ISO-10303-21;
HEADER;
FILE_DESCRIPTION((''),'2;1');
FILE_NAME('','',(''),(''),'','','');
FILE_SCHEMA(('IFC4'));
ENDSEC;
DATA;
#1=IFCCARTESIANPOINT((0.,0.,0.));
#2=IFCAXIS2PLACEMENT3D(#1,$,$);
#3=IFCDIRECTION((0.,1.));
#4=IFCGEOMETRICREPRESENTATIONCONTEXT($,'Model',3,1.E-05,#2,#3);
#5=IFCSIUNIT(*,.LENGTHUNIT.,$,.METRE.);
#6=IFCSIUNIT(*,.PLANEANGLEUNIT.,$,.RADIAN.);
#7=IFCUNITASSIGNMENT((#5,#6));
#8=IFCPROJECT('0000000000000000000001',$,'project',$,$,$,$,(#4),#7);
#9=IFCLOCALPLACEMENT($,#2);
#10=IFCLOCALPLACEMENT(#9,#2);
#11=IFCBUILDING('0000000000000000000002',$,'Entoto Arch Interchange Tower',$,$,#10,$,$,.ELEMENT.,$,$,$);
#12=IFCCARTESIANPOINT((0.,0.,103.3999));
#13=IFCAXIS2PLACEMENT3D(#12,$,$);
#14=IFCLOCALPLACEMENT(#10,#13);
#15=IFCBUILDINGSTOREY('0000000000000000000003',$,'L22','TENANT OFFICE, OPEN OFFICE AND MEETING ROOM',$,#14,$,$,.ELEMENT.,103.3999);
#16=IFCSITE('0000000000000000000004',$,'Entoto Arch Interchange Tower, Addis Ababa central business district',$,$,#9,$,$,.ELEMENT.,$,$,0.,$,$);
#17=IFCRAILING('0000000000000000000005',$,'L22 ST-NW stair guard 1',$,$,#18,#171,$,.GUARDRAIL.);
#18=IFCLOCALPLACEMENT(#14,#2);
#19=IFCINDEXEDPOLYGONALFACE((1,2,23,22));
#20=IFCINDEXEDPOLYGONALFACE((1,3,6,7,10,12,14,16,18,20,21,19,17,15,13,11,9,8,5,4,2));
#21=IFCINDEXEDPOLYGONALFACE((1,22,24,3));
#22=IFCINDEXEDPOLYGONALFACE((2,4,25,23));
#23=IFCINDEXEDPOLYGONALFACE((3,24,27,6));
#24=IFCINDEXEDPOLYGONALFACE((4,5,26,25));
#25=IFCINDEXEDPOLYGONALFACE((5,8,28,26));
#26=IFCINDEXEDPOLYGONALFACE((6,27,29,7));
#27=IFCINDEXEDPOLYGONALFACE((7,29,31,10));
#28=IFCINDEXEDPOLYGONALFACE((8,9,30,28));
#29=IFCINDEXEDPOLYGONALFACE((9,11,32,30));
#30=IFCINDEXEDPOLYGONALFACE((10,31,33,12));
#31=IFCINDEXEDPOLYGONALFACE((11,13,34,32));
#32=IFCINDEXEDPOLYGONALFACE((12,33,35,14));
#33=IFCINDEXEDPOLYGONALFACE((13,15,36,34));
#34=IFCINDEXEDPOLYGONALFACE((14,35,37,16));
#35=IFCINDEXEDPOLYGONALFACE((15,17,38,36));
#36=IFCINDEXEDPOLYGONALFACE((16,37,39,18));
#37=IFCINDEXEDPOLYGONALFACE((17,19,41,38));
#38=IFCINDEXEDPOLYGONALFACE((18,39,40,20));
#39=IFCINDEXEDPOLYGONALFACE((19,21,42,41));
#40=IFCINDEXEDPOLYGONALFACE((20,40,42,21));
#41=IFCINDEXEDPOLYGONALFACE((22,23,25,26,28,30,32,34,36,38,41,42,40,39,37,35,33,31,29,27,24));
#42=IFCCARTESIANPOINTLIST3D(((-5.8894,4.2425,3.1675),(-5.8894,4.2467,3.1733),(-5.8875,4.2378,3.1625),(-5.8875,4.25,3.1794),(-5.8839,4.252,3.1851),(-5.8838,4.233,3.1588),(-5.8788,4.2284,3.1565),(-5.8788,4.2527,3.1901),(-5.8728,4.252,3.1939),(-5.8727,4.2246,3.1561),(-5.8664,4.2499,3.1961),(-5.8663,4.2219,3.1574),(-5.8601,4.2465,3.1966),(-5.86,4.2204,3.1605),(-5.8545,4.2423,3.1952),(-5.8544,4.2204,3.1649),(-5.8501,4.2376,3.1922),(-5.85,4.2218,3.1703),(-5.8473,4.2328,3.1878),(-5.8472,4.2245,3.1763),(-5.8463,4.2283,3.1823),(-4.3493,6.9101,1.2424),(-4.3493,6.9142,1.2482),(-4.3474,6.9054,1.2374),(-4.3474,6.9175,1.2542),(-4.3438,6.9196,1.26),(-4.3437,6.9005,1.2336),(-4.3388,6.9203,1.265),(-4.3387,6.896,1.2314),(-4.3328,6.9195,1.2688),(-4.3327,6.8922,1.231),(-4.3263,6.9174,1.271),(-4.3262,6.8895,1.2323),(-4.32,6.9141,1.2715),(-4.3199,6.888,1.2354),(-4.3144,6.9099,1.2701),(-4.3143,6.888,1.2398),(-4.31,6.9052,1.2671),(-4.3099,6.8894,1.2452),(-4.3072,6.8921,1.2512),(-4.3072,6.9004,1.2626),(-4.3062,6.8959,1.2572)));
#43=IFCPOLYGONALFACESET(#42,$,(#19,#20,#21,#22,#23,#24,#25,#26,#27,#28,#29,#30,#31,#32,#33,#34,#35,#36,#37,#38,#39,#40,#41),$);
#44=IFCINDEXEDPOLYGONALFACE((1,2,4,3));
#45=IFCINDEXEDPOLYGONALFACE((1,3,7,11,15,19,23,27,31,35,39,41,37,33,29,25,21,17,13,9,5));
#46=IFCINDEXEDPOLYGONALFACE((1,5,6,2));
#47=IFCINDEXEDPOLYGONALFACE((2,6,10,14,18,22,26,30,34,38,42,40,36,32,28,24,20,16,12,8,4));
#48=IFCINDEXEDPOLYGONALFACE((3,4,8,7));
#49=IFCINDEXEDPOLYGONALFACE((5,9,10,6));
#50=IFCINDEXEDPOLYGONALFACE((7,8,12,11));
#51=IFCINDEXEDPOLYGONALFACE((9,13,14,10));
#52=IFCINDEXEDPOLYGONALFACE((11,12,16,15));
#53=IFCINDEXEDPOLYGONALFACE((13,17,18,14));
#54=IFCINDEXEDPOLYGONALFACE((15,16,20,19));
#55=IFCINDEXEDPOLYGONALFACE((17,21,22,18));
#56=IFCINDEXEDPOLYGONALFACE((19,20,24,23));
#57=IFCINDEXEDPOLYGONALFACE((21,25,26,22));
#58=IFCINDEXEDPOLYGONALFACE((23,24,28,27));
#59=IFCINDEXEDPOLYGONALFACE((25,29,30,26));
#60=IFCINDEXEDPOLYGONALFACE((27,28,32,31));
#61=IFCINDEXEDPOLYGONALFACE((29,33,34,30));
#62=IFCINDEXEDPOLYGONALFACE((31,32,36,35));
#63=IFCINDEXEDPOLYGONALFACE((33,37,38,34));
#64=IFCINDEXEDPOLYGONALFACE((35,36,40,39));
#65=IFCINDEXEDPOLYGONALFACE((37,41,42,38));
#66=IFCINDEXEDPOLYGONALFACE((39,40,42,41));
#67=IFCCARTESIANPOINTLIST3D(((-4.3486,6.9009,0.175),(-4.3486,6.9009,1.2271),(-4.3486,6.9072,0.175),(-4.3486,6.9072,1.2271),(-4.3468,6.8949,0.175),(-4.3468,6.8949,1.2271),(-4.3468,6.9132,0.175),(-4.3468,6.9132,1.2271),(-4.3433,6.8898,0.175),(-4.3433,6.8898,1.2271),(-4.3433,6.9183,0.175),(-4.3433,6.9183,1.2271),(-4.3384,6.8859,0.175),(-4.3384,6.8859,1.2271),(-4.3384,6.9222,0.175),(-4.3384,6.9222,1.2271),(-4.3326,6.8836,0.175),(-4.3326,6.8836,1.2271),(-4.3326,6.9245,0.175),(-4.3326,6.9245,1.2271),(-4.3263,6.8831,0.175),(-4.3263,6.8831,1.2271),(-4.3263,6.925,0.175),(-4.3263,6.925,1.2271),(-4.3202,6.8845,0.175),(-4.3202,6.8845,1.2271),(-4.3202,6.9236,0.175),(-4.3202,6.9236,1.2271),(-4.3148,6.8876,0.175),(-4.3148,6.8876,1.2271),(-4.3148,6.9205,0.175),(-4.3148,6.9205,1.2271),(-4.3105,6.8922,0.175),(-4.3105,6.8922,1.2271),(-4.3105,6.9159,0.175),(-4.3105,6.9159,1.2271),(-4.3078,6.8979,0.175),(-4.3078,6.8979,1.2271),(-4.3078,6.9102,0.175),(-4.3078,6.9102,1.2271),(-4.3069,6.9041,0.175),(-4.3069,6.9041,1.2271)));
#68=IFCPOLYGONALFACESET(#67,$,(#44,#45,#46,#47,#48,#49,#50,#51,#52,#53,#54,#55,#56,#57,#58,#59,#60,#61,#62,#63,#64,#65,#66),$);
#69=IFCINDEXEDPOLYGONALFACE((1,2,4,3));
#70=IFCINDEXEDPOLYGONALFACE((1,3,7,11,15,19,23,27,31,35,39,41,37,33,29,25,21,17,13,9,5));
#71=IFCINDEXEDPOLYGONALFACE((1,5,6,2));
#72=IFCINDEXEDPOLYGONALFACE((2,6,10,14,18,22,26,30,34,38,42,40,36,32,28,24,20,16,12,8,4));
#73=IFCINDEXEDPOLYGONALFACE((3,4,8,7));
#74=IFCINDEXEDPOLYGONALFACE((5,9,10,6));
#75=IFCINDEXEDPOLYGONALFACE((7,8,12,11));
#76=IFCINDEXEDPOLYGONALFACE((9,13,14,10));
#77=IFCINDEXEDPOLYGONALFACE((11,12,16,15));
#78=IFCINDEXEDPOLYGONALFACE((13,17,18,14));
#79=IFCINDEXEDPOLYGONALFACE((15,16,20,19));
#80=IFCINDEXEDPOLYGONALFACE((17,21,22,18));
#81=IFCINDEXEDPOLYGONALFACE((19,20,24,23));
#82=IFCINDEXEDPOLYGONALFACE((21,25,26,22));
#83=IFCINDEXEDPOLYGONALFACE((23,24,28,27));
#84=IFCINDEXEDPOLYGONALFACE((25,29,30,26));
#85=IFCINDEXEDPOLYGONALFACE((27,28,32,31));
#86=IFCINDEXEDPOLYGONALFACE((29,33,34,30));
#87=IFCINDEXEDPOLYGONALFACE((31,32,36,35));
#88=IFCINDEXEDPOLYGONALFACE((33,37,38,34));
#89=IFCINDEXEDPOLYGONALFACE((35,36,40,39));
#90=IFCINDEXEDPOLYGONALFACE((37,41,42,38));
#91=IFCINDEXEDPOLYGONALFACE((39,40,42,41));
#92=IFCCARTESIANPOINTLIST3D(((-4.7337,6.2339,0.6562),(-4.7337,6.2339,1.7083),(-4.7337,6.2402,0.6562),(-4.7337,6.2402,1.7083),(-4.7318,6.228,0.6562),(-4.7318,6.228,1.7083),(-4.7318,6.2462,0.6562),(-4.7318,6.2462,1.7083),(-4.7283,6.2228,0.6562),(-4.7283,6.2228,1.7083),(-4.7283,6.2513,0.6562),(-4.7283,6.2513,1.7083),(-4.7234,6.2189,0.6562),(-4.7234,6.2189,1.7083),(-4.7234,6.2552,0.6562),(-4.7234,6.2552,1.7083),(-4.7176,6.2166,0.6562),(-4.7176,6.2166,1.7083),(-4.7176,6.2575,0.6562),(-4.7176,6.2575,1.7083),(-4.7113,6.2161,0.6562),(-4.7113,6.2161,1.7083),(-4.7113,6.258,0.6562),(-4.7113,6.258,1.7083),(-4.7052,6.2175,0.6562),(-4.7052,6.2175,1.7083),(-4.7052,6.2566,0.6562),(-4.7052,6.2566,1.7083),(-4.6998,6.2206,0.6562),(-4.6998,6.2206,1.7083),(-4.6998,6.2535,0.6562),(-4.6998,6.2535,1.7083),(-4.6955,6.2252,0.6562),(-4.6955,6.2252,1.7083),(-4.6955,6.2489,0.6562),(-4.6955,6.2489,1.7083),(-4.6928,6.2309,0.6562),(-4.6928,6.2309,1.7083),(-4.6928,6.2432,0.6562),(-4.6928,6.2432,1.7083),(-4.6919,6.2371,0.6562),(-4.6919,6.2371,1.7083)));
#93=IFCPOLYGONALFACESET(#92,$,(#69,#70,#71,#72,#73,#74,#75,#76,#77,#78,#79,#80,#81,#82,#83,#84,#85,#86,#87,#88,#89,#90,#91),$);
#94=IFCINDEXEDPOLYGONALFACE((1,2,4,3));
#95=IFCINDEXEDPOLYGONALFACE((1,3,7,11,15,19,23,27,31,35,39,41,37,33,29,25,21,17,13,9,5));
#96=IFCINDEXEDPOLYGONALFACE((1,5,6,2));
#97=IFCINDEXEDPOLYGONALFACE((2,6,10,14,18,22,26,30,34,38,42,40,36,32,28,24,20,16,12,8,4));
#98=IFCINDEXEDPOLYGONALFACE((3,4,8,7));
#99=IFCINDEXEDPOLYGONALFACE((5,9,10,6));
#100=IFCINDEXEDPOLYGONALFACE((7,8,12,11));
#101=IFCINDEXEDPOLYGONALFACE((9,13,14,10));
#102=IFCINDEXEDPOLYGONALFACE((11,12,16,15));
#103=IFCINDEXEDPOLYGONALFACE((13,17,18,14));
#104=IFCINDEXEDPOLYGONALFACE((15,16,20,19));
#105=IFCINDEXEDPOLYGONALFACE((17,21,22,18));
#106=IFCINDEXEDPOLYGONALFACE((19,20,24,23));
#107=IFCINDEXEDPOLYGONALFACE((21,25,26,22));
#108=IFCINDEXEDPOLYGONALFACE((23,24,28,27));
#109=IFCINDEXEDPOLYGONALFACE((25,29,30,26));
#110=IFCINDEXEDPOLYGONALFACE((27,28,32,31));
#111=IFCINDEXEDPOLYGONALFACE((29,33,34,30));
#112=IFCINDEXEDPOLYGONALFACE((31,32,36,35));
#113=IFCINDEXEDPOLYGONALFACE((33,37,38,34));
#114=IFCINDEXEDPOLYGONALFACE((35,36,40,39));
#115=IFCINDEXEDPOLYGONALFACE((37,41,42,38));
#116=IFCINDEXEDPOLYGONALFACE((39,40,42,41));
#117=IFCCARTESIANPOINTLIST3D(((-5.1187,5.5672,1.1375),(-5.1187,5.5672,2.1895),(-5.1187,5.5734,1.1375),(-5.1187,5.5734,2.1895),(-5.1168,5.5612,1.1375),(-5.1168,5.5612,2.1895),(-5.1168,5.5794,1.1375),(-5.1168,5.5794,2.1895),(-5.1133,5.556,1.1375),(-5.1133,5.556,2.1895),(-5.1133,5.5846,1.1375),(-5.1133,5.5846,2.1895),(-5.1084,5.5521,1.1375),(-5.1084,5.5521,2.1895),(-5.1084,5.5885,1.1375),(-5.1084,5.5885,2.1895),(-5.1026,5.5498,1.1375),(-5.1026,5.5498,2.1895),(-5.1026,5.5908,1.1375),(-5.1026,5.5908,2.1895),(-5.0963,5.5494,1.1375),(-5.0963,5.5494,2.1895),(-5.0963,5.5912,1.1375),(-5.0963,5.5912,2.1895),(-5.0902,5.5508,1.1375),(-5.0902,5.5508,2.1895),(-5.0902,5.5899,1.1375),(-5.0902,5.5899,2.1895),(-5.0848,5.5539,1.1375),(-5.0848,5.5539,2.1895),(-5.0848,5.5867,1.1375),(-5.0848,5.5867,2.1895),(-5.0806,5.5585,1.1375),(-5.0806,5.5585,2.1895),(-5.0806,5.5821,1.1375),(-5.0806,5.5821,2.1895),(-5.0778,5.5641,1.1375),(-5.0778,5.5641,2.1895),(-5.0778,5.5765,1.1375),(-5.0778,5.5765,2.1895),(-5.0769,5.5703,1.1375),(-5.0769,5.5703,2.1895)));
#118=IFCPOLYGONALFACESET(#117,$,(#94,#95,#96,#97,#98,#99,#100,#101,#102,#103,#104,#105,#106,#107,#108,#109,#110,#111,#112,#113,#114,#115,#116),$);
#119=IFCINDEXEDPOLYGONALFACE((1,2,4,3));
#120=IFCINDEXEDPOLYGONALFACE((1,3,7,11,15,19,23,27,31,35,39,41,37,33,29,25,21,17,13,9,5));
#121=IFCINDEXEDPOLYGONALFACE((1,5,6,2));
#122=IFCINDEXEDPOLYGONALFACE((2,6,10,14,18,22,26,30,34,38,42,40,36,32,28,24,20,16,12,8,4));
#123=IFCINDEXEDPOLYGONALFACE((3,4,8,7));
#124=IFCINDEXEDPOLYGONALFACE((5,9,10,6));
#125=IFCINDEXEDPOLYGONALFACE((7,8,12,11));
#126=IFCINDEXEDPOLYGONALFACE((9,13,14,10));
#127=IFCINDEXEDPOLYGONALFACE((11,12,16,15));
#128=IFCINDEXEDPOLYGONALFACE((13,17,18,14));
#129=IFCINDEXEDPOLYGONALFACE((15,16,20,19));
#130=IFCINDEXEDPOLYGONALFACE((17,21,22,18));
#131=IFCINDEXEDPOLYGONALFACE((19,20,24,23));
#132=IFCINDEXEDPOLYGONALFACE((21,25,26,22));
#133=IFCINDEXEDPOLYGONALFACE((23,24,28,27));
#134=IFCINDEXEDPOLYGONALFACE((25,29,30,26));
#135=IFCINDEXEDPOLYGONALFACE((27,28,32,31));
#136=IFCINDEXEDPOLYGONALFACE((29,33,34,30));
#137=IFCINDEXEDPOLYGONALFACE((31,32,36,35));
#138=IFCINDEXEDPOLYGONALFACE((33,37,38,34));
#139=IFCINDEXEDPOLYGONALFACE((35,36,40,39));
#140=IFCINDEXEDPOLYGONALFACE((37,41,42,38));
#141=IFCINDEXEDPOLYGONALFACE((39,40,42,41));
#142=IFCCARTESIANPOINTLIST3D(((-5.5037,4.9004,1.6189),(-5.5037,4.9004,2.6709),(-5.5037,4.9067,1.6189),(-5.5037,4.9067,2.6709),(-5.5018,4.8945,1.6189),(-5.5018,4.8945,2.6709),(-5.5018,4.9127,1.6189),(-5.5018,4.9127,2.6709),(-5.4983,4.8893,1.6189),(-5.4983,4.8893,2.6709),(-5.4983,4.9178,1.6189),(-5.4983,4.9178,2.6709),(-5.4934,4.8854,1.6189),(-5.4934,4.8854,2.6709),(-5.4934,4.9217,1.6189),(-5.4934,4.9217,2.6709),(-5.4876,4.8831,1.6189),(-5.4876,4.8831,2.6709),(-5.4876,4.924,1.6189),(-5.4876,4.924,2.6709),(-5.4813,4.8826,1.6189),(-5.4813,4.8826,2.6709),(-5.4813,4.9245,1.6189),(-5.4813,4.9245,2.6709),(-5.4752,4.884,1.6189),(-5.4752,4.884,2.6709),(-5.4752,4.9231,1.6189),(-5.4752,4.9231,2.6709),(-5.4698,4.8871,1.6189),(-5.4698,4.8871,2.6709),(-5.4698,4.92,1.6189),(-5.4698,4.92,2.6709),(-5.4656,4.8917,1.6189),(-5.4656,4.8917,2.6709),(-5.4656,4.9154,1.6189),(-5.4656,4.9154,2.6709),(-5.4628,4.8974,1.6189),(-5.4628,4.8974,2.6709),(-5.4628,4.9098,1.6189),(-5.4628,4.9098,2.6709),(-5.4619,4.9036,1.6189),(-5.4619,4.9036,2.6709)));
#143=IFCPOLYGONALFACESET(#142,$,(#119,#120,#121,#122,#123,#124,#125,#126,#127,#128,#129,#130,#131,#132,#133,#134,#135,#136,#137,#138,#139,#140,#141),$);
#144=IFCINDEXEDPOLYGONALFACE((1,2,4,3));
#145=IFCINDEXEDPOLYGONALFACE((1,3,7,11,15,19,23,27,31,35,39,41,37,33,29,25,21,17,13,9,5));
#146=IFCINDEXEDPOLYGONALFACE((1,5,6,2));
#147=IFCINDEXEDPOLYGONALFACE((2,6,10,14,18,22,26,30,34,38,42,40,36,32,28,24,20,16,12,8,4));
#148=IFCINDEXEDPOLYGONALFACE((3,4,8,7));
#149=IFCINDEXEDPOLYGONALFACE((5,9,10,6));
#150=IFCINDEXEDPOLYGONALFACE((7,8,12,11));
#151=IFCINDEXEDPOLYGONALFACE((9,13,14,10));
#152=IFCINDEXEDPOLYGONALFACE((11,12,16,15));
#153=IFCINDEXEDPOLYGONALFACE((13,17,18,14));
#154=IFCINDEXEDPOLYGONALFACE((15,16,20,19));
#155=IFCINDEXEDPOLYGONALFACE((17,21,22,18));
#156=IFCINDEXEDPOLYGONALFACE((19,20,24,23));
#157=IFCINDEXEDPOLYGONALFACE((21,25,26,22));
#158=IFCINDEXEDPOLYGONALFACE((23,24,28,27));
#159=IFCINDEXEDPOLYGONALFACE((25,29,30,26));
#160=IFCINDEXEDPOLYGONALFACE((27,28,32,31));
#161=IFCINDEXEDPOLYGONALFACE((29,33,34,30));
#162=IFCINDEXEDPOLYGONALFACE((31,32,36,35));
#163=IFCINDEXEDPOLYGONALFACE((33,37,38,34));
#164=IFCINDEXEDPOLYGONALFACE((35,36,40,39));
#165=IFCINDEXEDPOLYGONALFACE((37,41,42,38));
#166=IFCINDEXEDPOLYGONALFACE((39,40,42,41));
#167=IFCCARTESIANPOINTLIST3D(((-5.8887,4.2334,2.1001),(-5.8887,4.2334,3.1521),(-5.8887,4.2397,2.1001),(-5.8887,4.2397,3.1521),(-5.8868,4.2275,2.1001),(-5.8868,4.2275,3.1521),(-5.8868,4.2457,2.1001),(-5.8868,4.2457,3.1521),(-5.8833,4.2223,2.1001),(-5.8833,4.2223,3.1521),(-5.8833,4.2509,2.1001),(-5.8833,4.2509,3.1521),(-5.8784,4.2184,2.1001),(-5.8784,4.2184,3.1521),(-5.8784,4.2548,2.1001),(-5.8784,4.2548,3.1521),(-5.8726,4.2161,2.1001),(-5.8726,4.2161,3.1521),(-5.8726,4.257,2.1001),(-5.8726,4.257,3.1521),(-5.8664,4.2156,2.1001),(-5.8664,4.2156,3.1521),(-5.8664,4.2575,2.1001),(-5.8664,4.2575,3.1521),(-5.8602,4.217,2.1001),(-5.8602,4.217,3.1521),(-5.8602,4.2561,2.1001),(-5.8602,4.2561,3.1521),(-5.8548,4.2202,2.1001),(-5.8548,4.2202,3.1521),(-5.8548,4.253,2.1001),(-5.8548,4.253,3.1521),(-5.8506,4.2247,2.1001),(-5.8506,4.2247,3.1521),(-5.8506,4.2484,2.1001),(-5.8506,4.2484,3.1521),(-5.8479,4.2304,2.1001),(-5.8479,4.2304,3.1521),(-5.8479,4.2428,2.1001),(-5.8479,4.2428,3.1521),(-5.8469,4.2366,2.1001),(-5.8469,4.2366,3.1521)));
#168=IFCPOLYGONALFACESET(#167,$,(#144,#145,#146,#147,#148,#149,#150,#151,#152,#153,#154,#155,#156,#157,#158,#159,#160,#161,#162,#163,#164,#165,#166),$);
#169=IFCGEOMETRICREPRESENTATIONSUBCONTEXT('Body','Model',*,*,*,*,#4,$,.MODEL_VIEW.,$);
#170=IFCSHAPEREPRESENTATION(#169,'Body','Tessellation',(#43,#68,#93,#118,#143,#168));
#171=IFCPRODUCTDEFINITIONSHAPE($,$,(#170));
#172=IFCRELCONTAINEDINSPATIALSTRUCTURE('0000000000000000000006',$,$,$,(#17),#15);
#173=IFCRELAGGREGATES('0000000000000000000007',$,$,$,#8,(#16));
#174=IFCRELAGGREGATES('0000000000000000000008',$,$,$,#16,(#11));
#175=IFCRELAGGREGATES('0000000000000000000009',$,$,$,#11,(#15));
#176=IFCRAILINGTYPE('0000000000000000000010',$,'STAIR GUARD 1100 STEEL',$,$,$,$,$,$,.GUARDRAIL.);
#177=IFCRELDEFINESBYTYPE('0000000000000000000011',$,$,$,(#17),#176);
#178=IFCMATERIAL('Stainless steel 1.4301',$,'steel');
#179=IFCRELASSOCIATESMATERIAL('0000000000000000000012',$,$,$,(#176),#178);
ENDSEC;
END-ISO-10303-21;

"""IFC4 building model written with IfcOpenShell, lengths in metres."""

from ifc_helpers import new_model, si_unit, direction, frame, origin, origin_2d, place, context, subcontext, project, spatial, circle, extrude, material, type_object, element, save


model = new_model("IFC4")

# Units and contexts
model_context = context("Model", 3, precision=1e-05, world=origin(), true_north=direction((0.0, 1.0)))
body_context = subcontext(model_context, "Body", "Model", "MODEL_VIEW")
ifc_project = project(units=[si_unit("LENGTHUNIT", "METRE"), si_unit("PLANEANGLEUNIT", "RADIAN")], contexts=[model_context])

# Site, building, storey
site_placement = place(None, origin())
site = spatial("IfcSite", under=ifc_project, at=site_placement, Name="Entoto Arch Interchange Tower, Addis Ababa central business district", CompositionType="ELEMENT", RefElevation=0.0)
building_placement = place(site_placement, origin())
building = spatial("IfcBuilding", under=site, at=building_placement, Name="Entoto Arch Interchange Tower", CompositionType="ELEMENT")
storey_placement = place(building_placement, frame((0.0, 0.0, 103.3999)))
storey = spatial("IfcBuildingStorey", under=building, at=storey_placement, Name="L22", Description="TENANT OFFICE, OPEN OFFICE AND MEETING ROOM", CompositionType="ELEMENT", Elevation=103.3999)

# Railing
ifc_material_1 = material(Name="Stainless steel 1.4301", Category="steel")
railing_type_1 = type_object("IfcRailingType", Name="STAIR GUARD 1100 STEEL", PredefinedType="GUARDRAIL", material=ifc_material_1)
railing_1_placement = place(storey_placement, frame((-4.3279, 6.9041, 0.175)))
element("IfcRailing", 1, at=railing_1_placement, inside=storey, type_object=railing_type_1, Name="L22 ST-NW stair guard 1", PredefinedType="GUARDRAIL", context=body_context, shape_type="SweptSolid", body=[
    extrude(circle(Radius=0.0239, at=origin_2d()), frame((0.0, 0.0, 1.0762), z_axis=(-0.423994, -0.734395, 0.529993), x_axis=(0.86603, -0.499992, 0.0)), (0.0, 0.0, 1.0), 3.6323),
    extrude(circle(Radius=0.021, at=origin_2d()), origin(), (0.0, 0.0, 1.0), 1.052),
    extrude(circle(Radius=0.021, at=origin_2d()), frame((-0.385, -0.667, 0.4812)), (0.0, 0.0, 1.0), 1.052),
    extrude(circle(Radius=0.021, at=origin_2d()), frame((-0.77, -1.3337, 0.9624)), (0.0, 0.0, 1.0), 1.052),
    extrude(circle(Radius=0.021, at=origin_2d()), frame((-1.155, -2.0005, 1.4438)), (0.0, 0.0, 1.0), 1.052),
    extrude(circle(Radius=0.021, at=origin_2d()), frame((-1.54, -2.6675, 1.925)), (0.0, 0.0, 1.0), 1.052),
])

save(model, "model.ifc")
